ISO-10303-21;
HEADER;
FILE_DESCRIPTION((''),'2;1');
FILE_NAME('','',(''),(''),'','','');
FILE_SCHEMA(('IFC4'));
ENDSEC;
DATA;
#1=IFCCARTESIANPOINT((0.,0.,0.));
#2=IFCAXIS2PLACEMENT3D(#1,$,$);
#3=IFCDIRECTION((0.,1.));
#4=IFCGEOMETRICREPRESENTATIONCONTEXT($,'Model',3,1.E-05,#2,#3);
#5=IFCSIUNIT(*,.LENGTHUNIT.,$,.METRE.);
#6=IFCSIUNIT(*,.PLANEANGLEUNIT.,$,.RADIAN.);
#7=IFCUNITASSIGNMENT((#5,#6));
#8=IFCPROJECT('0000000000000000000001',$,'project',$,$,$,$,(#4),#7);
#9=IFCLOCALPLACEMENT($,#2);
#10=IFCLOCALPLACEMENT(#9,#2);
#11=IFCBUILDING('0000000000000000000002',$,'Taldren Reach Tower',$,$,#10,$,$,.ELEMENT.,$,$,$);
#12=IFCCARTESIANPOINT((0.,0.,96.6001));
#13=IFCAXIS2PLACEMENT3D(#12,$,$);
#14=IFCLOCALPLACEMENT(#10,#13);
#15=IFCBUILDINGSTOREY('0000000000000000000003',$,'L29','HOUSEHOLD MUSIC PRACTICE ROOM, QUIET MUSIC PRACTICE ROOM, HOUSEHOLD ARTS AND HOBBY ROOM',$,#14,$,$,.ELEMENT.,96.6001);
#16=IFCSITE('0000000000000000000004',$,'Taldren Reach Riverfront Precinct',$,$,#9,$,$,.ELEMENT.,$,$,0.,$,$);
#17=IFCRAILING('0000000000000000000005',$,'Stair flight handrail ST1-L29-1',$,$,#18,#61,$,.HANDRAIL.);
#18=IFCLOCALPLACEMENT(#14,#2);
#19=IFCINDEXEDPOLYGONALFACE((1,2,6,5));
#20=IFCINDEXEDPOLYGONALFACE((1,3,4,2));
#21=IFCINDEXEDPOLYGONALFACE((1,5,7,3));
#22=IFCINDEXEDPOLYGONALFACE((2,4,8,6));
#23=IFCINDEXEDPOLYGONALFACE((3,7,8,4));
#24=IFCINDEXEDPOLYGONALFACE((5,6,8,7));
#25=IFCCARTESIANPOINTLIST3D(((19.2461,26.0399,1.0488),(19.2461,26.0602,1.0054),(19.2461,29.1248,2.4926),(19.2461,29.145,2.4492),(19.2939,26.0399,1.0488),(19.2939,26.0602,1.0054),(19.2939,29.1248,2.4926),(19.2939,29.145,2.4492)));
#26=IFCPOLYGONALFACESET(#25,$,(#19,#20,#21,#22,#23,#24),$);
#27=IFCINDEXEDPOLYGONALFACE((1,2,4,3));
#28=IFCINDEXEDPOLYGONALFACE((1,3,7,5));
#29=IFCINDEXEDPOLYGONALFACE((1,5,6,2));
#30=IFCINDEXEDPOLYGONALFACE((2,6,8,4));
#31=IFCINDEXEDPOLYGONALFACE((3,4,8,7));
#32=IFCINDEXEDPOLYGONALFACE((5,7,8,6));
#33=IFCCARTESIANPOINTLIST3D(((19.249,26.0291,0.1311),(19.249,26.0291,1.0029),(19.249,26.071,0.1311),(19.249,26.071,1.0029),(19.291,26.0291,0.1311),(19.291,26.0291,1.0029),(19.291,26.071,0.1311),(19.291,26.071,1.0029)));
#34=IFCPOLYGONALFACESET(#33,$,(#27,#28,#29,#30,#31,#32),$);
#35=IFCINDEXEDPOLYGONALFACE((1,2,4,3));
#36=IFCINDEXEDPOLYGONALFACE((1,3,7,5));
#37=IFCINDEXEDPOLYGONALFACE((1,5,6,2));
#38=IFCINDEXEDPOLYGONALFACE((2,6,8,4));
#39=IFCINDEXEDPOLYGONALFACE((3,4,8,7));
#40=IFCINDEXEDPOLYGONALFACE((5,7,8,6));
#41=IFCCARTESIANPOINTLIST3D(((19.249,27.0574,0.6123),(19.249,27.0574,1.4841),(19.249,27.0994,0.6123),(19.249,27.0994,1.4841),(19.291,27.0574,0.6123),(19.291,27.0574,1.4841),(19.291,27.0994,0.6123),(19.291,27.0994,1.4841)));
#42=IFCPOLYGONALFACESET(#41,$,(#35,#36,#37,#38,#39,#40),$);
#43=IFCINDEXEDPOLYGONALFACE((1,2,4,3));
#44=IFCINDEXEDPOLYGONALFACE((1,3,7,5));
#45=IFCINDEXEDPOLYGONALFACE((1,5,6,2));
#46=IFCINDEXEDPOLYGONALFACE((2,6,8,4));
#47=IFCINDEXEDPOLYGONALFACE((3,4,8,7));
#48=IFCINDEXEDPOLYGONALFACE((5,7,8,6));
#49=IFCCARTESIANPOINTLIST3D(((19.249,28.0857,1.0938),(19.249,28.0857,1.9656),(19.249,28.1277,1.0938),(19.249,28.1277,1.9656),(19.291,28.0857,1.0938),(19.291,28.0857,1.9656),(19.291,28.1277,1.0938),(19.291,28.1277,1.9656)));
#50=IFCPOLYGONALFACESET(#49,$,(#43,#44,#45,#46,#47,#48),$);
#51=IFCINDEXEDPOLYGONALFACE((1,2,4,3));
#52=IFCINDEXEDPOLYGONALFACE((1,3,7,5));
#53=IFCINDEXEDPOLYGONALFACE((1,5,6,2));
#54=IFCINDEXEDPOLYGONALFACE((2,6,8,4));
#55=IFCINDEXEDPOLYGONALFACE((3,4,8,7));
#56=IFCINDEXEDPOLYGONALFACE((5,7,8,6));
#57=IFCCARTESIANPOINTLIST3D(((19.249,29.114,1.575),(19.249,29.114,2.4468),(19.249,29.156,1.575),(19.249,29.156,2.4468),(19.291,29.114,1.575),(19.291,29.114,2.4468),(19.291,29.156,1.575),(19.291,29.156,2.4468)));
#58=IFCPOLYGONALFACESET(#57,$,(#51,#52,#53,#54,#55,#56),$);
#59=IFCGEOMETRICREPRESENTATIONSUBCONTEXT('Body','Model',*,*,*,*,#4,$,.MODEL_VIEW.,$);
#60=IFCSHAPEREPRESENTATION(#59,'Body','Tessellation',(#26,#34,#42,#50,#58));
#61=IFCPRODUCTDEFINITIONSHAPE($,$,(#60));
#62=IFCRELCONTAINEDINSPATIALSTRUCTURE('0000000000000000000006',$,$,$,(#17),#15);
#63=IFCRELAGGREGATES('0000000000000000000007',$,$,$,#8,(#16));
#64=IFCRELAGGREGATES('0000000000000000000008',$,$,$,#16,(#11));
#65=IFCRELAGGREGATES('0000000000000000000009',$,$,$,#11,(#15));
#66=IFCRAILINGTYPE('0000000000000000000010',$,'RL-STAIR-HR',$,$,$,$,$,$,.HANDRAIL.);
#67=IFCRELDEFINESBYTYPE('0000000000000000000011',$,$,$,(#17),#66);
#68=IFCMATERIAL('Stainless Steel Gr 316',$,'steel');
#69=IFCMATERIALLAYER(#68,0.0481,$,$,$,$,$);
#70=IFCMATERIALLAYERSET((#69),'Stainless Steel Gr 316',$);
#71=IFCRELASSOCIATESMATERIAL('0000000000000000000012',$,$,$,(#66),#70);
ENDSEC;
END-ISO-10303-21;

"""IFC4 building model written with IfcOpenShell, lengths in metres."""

from ifc_helpers import new_model, si_unit, direction, frame, origin, origin_2d, place, context, subcontext, project, spatial, rectangle, extrude, material, layer, layer_set, type_object, element, save


model = new_model("IFC4")

# Units and contexts
model_context = context("Model", 3, precision=1e-05, world=origin(), true_north=direction((0.0, 1.0)))
body_context = subcontext(model_context, "Body", "Model", "MODEL_VIEW")
ifc_project = project(units=[si_unit("LENGTHUNIT", "METRE"), si_unit("PLANEANGLEUNIT", "RADIAN")], contexts=[model_context])

# Site, building, storey
site_placement = place(None, origin())
site = spatial("IfcSite", under=ifc_project, at=site_placement, Name="Taldren Reach Riverfront Precinct", CompositionType="ELEMENT", RefElevation=0.0)
building_placement = place(site_placement, origin())
building = spatial("IfcBuilding", under=site, at=building_placement, Name="Taldren Reach Tower", CompositionType="ELEMENT")
storey_placement = place(building_placement, frame((0.0, 0.0, 96.6001)))
storey = spatial("IfcBuildingStorey", under=building, at=storey_placement, Name="L29", Description="HOUSEHOLD MUSIC PRACTICE ROOM, QUIET MUSIC PRACTICE ROOM, HOUSEHOLD ARTS AND HOBBY ROOM", CompositionType="ELEMENT", Elevation=96.6001)

# Railing
ifc_material_1 = material(Name="Stainless Steel Gr 316", Category="steel")
ifc_layer_1 = layer(ifc_material_1, 0.0481)
ifc_layer_set_1 = layer_set([ifc_layer_1], Name="Stainless Steel Gr 316")
railing_type_1 = type_object("IfcRailingType", Name="RL-STAIR-HR", PredefinedType="HANDRAIL", material=ifc_layer_set_1)
railing_1_placement = place(storey_placement, frame((19.27, 26.05, 0.1311)))
element("IfcRailing", 1, at=railing_1_placement, inside=storey, type_object=railing_type_1, Name="Stair flight handrail ST1-L29-1", PredefinedType="HANDRAIL", context=body_context, shape_type="SweptSolid", body=[
    extrude(rectangle(XDim=0.0479, YDim=0.0479, at=origin_2d()), frame((0.0, 0.0, 0.896), z_axis=(0.0, 0.90571, 0.423898), x_axis=(-1.0, 0.0, 0.0)), (0.0, 0.0, 1.0), 3.406),
    extrude(rectangle(XDim=0.042, YDim=0.042, at=origin_2d()), origin(), (0.0, 0.0, 1.0), 0.8718),
    extrude(rectangle(XDim=0.042, YDim=0.042, at=origin_2d()), frame((0.0, 1.0283, 0.4812)), (0.0, 0.0, 1.0), 0.8718),
    extrude(rectangle(XDim=0.042, YDim=0.042, at=origin_2d()), frame((0.0, 2.0566, 0.9626)), (0.0, 0.0, 1.0), 0.8718),
    extrude(rectangle(XDim=0.042, YDim=0.042, at=origin_2d()), frame((0.0, 3.085, 1.4438)), (0.0, 0.0, 1.0), 0.8718),
])

save(model, "model.ifc")
